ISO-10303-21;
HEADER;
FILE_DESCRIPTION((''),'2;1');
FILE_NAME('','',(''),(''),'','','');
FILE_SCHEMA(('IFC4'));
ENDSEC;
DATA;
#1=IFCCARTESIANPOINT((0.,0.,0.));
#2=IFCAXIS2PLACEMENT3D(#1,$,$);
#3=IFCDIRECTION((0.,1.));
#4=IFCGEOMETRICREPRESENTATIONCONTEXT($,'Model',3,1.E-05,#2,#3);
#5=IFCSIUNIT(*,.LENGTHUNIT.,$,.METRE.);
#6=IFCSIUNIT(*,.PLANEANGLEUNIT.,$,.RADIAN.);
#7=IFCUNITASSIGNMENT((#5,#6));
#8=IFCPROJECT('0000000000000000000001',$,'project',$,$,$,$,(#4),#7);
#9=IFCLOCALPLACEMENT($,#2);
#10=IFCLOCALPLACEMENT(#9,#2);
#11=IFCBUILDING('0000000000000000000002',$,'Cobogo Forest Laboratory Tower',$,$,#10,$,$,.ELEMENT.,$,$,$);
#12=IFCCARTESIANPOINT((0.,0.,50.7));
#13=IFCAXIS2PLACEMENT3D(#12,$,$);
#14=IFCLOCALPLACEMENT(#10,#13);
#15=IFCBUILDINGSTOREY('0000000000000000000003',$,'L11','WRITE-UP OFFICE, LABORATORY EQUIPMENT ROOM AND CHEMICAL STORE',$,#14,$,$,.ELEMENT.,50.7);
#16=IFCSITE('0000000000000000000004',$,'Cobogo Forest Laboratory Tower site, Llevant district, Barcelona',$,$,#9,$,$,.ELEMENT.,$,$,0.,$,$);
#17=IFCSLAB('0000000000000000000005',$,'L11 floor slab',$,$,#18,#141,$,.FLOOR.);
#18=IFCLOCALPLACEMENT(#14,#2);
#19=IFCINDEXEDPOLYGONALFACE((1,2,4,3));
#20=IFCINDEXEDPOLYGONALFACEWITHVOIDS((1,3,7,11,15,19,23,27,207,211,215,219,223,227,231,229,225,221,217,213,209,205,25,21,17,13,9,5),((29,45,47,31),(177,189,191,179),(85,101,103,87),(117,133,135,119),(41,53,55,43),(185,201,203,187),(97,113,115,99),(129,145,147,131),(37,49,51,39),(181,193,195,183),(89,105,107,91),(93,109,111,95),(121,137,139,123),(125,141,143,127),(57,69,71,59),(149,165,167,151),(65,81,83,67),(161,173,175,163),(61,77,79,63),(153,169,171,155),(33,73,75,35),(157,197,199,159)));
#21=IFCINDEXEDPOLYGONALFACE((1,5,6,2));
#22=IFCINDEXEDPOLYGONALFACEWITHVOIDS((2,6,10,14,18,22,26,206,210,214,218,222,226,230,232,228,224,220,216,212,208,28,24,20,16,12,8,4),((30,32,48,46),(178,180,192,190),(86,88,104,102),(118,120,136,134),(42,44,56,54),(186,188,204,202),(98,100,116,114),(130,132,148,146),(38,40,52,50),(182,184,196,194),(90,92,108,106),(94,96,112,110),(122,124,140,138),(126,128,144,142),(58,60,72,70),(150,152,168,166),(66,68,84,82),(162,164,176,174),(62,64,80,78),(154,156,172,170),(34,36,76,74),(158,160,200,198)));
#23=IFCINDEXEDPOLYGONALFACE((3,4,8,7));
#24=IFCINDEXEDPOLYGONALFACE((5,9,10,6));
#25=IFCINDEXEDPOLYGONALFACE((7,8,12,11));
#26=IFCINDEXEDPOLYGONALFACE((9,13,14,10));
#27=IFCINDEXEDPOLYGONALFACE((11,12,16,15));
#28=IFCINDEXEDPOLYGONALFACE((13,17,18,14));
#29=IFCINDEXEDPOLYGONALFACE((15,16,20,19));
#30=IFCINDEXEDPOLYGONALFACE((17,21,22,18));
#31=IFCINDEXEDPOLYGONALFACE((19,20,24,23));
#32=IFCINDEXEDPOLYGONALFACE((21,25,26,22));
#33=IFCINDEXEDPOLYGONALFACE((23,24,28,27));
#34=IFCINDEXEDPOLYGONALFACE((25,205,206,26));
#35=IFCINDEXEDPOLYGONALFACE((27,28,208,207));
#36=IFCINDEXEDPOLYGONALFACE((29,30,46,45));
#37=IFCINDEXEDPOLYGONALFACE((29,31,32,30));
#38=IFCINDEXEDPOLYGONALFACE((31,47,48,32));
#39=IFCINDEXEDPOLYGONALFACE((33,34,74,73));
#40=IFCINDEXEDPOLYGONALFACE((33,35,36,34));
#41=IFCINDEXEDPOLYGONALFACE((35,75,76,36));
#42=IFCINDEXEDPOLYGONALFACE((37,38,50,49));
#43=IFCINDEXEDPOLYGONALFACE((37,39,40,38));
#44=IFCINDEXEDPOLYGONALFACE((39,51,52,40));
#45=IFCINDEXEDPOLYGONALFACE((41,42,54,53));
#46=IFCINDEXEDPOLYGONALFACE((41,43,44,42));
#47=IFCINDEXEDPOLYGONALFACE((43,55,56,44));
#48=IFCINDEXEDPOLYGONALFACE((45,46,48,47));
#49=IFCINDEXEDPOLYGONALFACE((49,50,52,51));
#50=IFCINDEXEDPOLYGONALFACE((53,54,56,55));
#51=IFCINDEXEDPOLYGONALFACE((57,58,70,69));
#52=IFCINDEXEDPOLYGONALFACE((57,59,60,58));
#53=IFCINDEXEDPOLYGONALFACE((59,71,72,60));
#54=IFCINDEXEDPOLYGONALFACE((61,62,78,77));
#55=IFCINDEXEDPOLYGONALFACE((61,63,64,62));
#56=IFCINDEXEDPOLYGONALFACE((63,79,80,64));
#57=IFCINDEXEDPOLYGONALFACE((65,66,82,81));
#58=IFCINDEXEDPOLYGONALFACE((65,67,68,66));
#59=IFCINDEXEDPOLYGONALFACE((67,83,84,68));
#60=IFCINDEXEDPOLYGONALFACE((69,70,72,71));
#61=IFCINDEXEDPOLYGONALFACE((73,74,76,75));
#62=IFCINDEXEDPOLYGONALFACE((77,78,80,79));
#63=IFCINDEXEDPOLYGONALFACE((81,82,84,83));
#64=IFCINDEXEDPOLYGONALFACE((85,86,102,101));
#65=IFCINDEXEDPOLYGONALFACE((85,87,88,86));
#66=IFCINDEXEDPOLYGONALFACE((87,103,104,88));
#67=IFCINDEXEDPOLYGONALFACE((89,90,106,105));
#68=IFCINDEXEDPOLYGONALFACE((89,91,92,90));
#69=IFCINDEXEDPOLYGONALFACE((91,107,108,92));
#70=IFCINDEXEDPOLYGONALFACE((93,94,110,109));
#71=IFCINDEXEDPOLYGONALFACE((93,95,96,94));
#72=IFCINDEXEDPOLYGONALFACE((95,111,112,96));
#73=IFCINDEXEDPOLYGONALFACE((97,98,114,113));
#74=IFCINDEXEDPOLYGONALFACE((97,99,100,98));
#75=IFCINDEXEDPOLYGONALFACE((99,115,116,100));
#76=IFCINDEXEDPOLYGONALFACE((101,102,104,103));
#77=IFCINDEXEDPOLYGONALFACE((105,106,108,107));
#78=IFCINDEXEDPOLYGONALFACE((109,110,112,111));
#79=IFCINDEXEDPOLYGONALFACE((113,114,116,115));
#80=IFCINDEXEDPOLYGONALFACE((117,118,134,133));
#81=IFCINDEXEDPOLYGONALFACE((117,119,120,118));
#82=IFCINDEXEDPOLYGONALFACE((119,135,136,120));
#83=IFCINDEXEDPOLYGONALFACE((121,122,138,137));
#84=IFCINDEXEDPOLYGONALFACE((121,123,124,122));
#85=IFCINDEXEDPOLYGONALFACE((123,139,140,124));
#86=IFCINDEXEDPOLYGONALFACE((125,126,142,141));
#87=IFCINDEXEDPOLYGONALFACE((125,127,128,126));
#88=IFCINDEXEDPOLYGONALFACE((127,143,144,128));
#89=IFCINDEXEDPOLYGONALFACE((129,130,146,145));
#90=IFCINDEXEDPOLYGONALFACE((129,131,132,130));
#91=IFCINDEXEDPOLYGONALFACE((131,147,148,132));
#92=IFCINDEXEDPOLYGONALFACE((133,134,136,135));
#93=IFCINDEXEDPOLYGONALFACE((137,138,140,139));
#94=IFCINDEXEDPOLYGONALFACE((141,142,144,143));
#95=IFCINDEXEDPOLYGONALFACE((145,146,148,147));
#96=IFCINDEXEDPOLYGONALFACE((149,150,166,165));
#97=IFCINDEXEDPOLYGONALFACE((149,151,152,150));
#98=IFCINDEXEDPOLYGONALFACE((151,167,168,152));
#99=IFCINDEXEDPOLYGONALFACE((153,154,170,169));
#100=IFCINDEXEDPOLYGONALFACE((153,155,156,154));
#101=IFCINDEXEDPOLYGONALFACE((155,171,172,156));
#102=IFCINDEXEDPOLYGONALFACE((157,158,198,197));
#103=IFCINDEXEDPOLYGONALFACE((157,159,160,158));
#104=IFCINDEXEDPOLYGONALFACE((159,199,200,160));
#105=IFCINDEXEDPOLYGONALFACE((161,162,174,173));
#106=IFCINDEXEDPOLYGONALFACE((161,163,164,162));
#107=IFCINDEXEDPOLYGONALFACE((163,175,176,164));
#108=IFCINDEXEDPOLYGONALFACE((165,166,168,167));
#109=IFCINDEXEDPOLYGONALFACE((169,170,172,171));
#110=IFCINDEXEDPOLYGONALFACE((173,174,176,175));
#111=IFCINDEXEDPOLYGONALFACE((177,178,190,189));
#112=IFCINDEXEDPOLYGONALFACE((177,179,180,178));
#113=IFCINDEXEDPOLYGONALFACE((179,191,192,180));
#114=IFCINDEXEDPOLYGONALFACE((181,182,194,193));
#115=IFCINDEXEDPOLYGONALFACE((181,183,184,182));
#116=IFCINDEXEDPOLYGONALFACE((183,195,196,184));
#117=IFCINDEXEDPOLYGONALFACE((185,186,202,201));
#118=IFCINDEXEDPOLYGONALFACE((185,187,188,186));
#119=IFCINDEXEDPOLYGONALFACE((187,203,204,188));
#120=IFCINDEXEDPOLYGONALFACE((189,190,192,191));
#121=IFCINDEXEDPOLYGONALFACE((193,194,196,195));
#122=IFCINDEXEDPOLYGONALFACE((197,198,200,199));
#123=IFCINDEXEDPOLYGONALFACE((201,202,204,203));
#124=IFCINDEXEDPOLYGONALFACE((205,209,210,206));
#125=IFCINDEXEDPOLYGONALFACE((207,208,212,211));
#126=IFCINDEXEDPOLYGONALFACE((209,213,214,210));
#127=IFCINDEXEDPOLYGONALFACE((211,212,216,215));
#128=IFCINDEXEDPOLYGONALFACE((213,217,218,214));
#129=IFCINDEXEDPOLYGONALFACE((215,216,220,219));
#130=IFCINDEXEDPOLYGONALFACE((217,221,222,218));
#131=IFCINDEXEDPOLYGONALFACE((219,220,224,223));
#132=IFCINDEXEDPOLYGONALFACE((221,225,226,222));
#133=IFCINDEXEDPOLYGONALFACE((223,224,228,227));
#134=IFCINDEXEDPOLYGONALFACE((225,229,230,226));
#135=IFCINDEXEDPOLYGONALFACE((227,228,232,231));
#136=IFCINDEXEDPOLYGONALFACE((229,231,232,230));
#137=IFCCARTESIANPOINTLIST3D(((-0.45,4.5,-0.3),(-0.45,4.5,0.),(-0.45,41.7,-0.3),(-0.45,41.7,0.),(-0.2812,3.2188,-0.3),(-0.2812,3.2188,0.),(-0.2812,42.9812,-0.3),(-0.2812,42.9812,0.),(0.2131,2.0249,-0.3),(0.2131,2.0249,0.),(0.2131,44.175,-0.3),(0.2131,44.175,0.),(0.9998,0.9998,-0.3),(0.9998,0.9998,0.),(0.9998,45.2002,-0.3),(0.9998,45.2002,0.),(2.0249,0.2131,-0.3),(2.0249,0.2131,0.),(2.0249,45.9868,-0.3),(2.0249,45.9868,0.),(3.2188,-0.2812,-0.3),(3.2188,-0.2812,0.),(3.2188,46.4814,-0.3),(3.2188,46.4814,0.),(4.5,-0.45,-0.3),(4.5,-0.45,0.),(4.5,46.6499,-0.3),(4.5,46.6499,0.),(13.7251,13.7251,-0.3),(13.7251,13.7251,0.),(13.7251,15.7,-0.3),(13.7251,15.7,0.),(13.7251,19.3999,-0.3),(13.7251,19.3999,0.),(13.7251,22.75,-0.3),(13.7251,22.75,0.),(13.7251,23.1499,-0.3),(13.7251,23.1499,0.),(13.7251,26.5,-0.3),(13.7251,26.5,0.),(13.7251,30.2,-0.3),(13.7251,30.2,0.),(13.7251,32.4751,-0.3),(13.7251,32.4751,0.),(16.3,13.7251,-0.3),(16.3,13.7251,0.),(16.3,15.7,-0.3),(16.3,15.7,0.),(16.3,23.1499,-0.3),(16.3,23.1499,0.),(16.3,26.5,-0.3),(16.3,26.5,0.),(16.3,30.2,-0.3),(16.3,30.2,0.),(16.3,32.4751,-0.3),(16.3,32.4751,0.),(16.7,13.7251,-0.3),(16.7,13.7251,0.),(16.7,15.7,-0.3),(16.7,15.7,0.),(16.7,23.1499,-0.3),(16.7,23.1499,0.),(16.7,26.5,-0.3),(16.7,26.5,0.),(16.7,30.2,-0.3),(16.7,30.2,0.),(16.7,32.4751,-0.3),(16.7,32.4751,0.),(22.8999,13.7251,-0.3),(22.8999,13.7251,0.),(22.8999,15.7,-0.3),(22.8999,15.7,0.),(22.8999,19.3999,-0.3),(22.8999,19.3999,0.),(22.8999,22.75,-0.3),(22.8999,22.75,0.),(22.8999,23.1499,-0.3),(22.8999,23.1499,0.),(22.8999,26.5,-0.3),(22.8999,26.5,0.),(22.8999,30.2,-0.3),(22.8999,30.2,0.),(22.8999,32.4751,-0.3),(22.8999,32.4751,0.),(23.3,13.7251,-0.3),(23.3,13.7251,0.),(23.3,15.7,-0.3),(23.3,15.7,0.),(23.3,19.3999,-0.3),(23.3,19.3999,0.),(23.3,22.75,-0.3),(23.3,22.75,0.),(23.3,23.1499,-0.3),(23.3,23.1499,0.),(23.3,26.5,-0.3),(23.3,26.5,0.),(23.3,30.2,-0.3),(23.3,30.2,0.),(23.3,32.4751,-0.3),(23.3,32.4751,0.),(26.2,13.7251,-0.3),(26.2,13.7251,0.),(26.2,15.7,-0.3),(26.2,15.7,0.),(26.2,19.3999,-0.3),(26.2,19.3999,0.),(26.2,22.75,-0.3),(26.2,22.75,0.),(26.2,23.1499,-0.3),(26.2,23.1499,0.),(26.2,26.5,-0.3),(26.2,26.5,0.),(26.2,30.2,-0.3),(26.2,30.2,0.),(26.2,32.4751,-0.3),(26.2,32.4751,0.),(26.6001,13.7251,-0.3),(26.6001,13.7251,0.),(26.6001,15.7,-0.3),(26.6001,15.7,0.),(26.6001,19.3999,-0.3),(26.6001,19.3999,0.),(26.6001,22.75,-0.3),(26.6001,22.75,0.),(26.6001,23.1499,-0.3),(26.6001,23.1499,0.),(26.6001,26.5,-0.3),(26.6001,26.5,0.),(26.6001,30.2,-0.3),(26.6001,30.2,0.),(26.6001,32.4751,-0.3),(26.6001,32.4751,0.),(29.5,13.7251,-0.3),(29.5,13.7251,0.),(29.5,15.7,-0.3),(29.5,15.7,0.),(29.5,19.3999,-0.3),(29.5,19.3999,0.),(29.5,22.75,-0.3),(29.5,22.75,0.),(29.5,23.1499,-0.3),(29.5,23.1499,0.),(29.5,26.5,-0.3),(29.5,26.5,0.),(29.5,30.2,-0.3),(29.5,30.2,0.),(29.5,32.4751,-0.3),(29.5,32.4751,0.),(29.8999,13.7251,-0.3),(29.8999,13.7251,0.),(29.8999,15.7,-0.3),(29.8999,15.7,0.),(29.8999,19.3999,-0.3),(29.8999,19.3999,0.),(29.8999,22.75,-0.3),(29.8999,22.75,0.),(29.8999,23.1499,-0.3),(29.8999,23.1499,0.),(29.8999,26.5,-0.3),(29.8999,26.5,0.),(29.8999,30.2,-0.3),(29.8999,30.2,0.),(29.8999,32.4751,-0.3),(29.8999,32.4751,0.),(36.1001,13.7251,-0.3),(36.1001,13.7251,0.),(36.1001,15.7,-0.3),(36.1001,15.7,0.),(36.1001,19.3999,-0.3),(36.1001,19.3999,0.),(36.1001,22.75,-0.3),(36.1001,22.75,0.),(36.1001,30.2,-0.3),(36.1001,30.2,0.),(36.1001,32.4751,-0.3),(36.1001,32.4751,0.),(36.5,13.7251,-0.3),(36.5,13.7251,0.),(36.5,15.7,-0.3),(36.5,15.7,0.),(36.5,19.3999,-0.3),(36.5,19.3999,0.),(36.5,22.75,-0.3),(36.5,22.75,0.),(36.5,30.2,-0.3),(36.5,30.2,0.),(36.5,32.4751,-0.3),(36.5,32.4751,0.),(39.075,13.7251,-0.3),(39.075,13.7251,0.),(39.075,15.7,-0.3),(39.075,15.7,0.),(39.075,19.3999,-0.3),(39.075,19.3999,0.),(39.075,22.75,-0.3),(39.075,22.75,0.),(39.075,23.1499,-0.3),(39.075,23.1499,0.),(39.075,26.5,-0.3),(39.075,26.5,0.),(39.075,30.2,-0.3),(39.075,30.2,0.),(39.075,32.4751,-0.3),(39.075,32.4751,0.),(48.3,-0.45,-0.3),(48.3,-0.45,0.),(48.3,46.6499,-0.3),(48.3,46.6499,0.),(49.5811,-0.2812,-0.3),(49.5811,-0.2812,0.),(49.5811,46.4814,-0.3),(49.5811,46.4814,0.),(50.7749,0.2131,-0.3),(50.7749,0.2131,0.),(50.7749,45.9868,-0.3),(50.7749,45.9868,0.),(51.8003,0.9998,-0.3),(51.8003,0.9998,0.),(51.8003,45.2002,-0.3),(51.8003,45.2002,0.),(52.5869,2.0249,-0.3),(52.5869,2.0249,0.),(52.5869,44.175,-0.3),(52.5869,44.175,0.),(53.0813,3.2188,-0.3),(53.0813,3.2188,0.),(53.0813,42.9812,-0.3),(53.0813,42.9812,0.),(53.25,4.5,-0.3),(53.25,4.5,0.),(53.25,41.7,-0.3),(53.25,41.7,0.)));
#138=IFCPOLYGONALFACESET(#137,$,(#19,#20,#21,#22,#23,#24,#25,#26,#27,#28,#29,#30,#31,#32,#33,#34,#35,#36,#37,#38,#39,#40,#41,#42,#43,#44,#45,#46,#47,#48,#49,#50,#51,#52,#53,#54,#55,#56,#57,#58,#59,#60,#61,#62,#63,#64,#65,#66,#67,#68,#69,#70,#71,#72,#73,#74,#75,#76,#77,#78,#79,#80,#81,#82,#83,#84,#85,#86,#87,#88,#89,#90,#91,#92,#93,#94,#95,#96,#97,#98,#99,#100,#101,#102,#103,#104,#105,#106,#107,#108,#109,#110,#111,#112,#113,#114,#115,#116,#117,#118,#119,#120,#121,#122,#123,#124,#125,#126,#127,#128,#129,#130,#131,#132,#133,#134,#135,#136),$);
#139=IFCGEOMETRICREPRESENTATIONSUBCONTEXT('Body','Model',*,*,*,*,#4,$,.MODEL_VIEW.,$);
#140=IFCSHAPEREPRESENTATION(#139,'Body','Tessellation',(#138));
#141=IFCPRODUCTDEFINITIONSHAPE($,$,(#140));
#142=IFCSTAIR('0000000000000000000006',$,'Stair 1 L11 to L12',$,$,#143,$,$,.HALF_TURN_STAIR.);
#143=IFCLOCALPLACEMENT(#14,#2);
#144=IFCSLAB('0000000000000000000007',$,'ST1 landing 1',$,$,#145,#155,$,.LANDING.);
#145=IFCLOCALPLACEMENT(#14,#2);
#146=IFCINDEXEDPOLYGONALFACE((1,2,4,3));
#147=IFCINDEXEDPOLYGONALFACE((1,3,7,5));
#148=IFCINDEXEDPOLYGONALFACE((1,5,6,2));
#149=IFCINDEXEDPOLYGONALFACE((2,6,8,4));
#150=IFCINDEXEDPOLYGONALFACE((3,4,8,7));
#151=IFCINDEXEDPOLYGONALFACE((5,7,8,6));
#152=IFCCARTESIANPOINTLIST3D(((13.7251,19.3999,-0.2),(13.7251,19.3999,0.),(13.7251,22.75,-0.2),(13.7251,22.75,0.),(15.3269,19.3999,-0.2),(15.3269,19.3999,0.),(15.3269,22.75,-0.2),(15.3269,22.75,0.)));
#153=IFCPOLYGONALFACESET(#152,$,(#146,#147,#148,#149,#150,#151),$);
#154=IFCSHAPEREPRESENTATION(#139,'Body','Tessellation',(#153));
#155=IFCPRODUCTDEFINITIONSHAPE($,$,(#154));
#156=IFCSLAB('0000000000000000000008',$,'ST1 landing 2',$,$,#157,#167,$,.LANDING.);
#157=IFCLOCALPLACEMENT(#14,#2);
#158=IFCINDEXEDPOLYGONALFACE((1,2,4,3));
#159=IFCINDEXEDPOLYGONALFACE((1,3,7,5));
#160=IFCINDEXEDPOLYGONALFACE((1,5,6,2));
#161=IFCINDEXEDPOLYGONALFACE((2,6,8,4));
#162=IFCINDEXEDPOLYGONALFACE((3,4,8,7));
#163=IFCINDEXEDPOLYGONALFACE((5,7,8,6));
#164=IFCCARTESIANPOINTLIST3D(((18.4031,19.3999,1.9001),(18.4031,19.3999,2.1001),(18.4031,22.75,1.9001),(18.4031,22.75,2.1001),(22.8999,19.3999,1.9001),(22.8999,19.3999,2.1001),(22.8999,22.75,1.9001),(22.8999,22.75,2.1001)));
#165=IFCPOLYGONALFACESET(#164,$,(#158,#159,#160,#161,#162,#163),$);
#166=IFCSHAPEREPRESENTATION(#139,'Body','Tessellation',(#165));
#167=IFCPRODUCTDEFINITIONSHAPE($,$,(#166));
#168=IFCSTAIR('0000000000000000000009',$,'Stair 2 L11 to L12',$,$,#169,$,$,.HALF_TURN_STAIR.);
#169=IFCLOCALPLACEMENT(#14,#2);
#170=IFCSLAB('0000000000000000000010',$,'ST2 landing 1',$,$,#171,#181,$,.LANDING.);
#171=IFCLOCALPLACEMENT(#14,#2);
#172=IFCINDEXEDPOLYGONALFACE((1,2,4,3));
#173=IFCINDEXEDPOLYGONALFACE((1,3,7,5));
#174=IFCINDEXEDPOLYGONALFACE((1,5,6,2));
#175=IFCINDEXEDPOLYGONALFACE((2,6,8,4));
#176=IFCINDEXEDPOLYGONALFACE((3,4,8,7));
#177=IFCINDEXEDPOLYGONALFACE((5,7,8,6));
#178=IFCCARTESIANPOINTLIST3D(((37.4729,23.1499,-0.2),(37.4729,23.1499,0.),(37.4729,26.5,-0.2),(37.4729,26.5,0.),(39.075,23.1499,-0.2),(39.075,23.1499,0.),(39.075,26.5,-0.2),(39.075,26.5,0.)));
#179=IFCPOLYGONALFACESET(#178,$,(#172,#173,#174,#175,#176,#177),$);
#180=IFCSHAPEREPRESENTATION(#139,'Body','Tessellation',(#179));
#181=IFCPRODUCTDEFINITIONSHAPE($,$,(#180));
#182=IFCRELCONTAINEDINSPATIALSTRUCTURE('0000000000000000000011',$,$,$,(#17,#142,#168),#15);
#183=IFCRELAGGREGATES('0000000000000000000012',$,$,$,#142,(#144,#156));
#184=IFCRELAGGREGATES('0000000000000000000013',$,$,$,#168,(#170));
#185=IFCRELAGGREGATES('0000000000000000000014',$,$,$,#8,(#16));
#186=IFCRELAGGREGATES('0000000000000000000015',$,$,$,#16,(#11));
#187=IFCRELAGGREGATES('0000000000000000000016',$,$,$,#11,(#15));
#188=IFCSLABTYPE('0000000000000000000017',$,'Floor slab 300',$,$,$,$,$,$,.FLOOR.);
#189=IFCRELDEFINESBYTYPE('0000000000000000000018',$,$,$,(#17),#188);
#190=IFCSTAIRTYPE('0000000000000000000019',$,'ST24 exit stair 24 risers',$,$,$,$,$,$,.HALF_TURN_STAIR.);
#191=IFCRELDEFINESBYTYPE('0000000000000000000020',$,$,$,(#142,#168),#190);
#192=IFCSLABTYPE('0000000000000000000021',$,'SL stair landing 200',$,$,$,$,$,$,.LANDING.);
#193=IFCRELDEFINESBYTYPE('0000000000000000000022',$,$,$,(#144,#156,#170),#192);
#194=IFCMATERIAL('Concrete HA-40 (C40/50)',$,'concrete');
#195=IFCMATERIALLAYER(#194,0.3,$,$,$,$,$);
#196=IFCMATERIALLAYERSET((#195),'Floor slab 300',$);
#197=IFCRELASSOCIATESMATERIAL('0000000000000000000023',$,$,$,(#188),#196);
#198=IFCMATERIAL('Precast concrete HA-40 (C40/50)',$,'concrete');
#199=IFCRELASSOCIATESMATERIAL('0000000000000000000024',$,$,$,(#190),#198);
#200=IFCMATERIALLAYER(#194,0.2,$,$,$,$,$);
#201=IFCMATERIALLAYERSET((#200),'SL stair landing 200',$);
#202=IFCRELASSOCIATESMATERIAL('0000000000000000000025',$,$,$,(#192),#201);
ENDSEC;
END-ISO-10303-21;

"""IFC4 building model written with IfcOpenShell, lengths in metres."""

from ifc_helpers import new_model, si_unit, direction, frame, origin, place, context, subcontext, project, spatial, polyline, outline, extrude, material, layer, layer_set, type_object, element, aggregate, save


model = new_model("IFC4")

# Units and contexts
model_context = context("Model", 3, precision=1e-05, world=origin(), true_north=direction((0.0, 1.0)))
body_context = subcontext(model_context, "Body", "Model", "MODEL_VIEW")
ifc_project = project(units=[si_unit("LENGTHUNIT", "METRE"), si_unit("PLANEANGLEUNIT", "RADIAN")], contexts=[model_context])

# Site, building, storey
site_placement = place(None, origin())
site = spatial("IfcSite", under=ifc_project, at=site_placement, Name="Cobogo Forest Laboratory Tower site, Llevant district, Barcelona", CompositionType="ELEMENT", RefElevation=0.0)
building_placement = place(site_placement, origin())
building = spatial("IfcBuilding", under=site, at=building_placement, Name="Cobogo Forest Laboratory Tower", CompositionType="ELEMENT")
storey_placement = place(building_placement, frame((0.0, 0.0, 50.7)))
storey = spatial("IfcBuildingStorey", under=building, at=storey_placement, Name="L11", Description="WRITE-UP OFFICE, LABORATORY EQUIPMENT ROOM AND CHEMICAL STORE", CompositionType="ELEMENT", Elevation=50.7)

# Slab
ifc_material_1 = material(Name="Concrete HA-40 (C40/50)", Category="concrete")
ifc_layer_1 = layer(ifc_material_1, 0.3)
ifc_layer_set_1 = layer_set([ifc_layer_1], Name="Floor slab 300")
slab_type_1 = type_object("IfcSlabType", Name="Floor slab 300", PredefinedType="FLOOR", material=ifc_layer_set_1)
slab_1_placement = place(storey_placement, frame((0.0, 0.0, -0.3)))
element("IfcSlab", 1, at=slab_1_placement, inside=storey, type_object=slab_type_1, Name="L11 floor slab", PredefinedType="FLOOR", context=body_context, shape_type="SweptSolid", body=[
    extrude(outline(polyline([(48.3, -0.45), (49.5811, -0.2812), (50.7749, 0.2131), (51.8003, 0.9998), (52.5869, 2.0249), (53.0813, 3.2188), (53.25, 4.5), (53.25, 41.7), (53.0813, 42.9812), (52.5869, 44.175), (51.8003, 45.2002), (50.7749, 45.9868), (49.5811, 46.4814), (48.3, 46.6499), (4.5, 46.6499), (3.2188, 46.4814), (2.0249, 45.9868), (0.9998, 45.2002), (0.2131, 44.175), (-0.2812, 42.9812), (-0.45, 41.7), (-0.45, 4.5), (-0.2812, 3.2188), (0.2131, 2.0249), (0.9998, 0.9998), (2.0249, 0.2131), (3.2188, -0.2812), (4.5, -0.45), (48.3, -0.45)]), holes=[polyline([(16.3, 13.7251), (13.7251, 13.7251), (13.7251, 15.7), (16.3, 15.7), (16.3, 13.7251)]), polyline([(22.8999, 15.7), (22.8999, 13.7251), (16.7, 13.7251), (16.7, 15.7), (22.8999, 15.7)]), polyline([(23.3, 13.7251), (23.3, 15.7), (26.2, 15.7), (26.2, 13.7251), (23.3, 13.7251)]), polyline([(29.5, 13.7251), (26.6001, 13.7251), (26.6001, 15.7), (29.5, 15.7), (29.5, 13.7251)]), polyline([(36.1001, 15.7), (36.1001, 13.7251), (29.8999, 13.7251), (29.8999, 15.7), (36.1001, 15.7)]), polyline([(36.5, 13.7251), (36.5, 15.7), (39.075, 15.7), (39.075, 13.7251), (36.5, 13.7251)]), polyline([(13.7251, 19.3999), (13.7251, 22.75), (22.8999, 22.75), (22.8999, 19.3999), (13.7251, 19.3999)]), polyline([(23.3, 19.3999), (23.3, 22.75), (26.2, 22.75), (26.2, 19.3999), (23.3, 19.3999)]), polyline([(26.6001, 19.3999), (26.6001, 22.75), (29.5, 22.75), (29.5, 19.3999), (26.6001, 19.3999)]), polyline([(36.1001, 22.75), (36.1001, 19.3999), (29.8999, 19.3999), (29.8999, 22.75), (36.1001, 22.75)]), polyline([(39.075, 19.3999), (36.5, 19.3999), (36.5, 22.75), (39.075, 22.75), (39.075, 19.3999)]), polyline([(13.7251, 23.1499), (13.7251, 26.5), (16.3, 26.5), (16.3, 23.1499), (13.7251, 23.1499)]), polyline([(22.8999, 26.5), (22.8999, 23.1499), (16.7, 23.1499), (16.7, 26.5), (22.8999, 26.5)]), polyline([(23.3, 23.1499), (23.3, 26.5), (26.2, 26.5), (26.2, 23.1499), (23.3, 23.1499)]), polyline([(26.6001, 23.1499), (26.6001, 26.5), (29.5, 26.5), (29.5, 23.1499), (26.6001, 23.1499)]), polyline([(29.8999, 23.1499), (29.8999, 26.5), (39.075, 26.5), (39.075, 23.1499), (29.8999, 23.1499)]), polyline([(13.7251, 30.2), (13.7251, 32.4751), (16.3, 32.4751), (16.3, 30.2), (13.7251, 30.2)]), polyline([(22.8999, 32.4751), (22.8999, 30.2), (16.7, 30.2), (16.7, 32.4751), (22.8999, 32.4751)]), polyline([(23.3, 30.2), (23.3, 32.4751), (26.2, 32.4751), (26.2, 30.2), (23.3, 30.2)]), polyline([(26.6001, 30.2), (26.6001, 32.4751), (29.5, 32.4751), (29.5, 30.2), (26.6001, 30.2)]), polyline([(36.1001, 32.4751), (36.1001, 30.2), (29.8999, 30.2), (29.8999, 32.4751), (36.1001, 32.4751)]), polyline([(36.5, 30.2), (36.5, 32.4751), (39.075, 32.4751), (39.075, 30.2), (36.5, 30.2)])]), origin(), (0.0, 0.0, 1.0), 0.3),
])

# Stairs, slabs
ifc_material_2 = material(Name="Precast concrete HA-40 (C40/50)", Category="concrete")
stair_type = type_object("IfcStairType", Name="ST24 exit stair 24 risers", PredefinedType="HALF_TURN_STAIR", material=ifc_material_2)
stair_1_placement = place(storey_placement, origin())
stair_1 = element("IfcStair", 2, at=stair_1_placement, inside=storey, type_object=stair_type, Name="Stair 1 L11 to L12", PredefinedType="HALF_TURN_STAIR")
ifc_layer_2 = layer(ifc_material_1, 0.2)
ifc_layer_set_2 = layer_set([ifc_layer_2], Name="SL stair landing 200")
slab_type_2 = type_object("IfcSlabType", Name="SL stair landing 200", PredefinedType="LANDING", material=ifc_layer_set_2)
slab_2_placement = place(storey_placement, frame((0.0, 0.0, -0.2)))
slab_2 = element("IfcSlab", 3, at=slab_2_placement, type_object=slab_type_2, Name="ST1 landing 1", PredefinedType="LANDING", context=body_context, shape_type="SweptSolid", body=[
    extrude(outline(polyline([(13.7251, 19.3999), (15.3269, 19.3999), (15.3269, 22.75), (13.7251, 22.75), (13.7251, 19.3999)])), origin(), (0.0, 0.0, 1.0), 0.2),
])
slab_3_placement = place(storey_placement, frame((0.0, 0.0, 1.9001)))
slab_3 = element("IfcSlab", 4, at=slab_3_placement, type_object=slab_type_2, Name="ST1 landing 2", PredefinedType="LANDING", context=body_context, shape_type="SweptSolid", body=[
    extrude(outline(polyline([(18.4031, 19.3999), (22.8999, 19.3999), (22.8999, 22.75), (18.4031, 22.75), (18.4031, 19.3999)])), origin(), (0.0, 0.0, 1.0), 0.2),
])
aggregate(stair_1, [slab_2, slab_3])
stair_2_placement = place(storey_placement, origin())
stair_2 = element("IfcStair", 5, at=stair_2_placement, inside=storey, type_object=stair_type, Name="Stair 2 L11 to L12", PredefinedType="HALF_TURN_STAIR")
slab_4_placement = place(storey_placement, frame((0.0, 0.0, -0.2)))
slab_4 = element("IfcSlab", 6, at=slab_4_placement, type_object=slab_type_2, Name="ST2 landing 1", PredefinedType="LANDING", context=body_context, shape_type="SweptSolid", body=[
    extrude(outline(polyline([(37.4729, 23.1499), (39.075, 23.1499), (39.075, 26.5), (37.4729, 26.5), (37.4729, 23.1499)])), origin(), (0.0, 0.0, 1.0), 0.2),
])
aggregate(stair_2, [slab_4])

save(model, "model.ifc")
